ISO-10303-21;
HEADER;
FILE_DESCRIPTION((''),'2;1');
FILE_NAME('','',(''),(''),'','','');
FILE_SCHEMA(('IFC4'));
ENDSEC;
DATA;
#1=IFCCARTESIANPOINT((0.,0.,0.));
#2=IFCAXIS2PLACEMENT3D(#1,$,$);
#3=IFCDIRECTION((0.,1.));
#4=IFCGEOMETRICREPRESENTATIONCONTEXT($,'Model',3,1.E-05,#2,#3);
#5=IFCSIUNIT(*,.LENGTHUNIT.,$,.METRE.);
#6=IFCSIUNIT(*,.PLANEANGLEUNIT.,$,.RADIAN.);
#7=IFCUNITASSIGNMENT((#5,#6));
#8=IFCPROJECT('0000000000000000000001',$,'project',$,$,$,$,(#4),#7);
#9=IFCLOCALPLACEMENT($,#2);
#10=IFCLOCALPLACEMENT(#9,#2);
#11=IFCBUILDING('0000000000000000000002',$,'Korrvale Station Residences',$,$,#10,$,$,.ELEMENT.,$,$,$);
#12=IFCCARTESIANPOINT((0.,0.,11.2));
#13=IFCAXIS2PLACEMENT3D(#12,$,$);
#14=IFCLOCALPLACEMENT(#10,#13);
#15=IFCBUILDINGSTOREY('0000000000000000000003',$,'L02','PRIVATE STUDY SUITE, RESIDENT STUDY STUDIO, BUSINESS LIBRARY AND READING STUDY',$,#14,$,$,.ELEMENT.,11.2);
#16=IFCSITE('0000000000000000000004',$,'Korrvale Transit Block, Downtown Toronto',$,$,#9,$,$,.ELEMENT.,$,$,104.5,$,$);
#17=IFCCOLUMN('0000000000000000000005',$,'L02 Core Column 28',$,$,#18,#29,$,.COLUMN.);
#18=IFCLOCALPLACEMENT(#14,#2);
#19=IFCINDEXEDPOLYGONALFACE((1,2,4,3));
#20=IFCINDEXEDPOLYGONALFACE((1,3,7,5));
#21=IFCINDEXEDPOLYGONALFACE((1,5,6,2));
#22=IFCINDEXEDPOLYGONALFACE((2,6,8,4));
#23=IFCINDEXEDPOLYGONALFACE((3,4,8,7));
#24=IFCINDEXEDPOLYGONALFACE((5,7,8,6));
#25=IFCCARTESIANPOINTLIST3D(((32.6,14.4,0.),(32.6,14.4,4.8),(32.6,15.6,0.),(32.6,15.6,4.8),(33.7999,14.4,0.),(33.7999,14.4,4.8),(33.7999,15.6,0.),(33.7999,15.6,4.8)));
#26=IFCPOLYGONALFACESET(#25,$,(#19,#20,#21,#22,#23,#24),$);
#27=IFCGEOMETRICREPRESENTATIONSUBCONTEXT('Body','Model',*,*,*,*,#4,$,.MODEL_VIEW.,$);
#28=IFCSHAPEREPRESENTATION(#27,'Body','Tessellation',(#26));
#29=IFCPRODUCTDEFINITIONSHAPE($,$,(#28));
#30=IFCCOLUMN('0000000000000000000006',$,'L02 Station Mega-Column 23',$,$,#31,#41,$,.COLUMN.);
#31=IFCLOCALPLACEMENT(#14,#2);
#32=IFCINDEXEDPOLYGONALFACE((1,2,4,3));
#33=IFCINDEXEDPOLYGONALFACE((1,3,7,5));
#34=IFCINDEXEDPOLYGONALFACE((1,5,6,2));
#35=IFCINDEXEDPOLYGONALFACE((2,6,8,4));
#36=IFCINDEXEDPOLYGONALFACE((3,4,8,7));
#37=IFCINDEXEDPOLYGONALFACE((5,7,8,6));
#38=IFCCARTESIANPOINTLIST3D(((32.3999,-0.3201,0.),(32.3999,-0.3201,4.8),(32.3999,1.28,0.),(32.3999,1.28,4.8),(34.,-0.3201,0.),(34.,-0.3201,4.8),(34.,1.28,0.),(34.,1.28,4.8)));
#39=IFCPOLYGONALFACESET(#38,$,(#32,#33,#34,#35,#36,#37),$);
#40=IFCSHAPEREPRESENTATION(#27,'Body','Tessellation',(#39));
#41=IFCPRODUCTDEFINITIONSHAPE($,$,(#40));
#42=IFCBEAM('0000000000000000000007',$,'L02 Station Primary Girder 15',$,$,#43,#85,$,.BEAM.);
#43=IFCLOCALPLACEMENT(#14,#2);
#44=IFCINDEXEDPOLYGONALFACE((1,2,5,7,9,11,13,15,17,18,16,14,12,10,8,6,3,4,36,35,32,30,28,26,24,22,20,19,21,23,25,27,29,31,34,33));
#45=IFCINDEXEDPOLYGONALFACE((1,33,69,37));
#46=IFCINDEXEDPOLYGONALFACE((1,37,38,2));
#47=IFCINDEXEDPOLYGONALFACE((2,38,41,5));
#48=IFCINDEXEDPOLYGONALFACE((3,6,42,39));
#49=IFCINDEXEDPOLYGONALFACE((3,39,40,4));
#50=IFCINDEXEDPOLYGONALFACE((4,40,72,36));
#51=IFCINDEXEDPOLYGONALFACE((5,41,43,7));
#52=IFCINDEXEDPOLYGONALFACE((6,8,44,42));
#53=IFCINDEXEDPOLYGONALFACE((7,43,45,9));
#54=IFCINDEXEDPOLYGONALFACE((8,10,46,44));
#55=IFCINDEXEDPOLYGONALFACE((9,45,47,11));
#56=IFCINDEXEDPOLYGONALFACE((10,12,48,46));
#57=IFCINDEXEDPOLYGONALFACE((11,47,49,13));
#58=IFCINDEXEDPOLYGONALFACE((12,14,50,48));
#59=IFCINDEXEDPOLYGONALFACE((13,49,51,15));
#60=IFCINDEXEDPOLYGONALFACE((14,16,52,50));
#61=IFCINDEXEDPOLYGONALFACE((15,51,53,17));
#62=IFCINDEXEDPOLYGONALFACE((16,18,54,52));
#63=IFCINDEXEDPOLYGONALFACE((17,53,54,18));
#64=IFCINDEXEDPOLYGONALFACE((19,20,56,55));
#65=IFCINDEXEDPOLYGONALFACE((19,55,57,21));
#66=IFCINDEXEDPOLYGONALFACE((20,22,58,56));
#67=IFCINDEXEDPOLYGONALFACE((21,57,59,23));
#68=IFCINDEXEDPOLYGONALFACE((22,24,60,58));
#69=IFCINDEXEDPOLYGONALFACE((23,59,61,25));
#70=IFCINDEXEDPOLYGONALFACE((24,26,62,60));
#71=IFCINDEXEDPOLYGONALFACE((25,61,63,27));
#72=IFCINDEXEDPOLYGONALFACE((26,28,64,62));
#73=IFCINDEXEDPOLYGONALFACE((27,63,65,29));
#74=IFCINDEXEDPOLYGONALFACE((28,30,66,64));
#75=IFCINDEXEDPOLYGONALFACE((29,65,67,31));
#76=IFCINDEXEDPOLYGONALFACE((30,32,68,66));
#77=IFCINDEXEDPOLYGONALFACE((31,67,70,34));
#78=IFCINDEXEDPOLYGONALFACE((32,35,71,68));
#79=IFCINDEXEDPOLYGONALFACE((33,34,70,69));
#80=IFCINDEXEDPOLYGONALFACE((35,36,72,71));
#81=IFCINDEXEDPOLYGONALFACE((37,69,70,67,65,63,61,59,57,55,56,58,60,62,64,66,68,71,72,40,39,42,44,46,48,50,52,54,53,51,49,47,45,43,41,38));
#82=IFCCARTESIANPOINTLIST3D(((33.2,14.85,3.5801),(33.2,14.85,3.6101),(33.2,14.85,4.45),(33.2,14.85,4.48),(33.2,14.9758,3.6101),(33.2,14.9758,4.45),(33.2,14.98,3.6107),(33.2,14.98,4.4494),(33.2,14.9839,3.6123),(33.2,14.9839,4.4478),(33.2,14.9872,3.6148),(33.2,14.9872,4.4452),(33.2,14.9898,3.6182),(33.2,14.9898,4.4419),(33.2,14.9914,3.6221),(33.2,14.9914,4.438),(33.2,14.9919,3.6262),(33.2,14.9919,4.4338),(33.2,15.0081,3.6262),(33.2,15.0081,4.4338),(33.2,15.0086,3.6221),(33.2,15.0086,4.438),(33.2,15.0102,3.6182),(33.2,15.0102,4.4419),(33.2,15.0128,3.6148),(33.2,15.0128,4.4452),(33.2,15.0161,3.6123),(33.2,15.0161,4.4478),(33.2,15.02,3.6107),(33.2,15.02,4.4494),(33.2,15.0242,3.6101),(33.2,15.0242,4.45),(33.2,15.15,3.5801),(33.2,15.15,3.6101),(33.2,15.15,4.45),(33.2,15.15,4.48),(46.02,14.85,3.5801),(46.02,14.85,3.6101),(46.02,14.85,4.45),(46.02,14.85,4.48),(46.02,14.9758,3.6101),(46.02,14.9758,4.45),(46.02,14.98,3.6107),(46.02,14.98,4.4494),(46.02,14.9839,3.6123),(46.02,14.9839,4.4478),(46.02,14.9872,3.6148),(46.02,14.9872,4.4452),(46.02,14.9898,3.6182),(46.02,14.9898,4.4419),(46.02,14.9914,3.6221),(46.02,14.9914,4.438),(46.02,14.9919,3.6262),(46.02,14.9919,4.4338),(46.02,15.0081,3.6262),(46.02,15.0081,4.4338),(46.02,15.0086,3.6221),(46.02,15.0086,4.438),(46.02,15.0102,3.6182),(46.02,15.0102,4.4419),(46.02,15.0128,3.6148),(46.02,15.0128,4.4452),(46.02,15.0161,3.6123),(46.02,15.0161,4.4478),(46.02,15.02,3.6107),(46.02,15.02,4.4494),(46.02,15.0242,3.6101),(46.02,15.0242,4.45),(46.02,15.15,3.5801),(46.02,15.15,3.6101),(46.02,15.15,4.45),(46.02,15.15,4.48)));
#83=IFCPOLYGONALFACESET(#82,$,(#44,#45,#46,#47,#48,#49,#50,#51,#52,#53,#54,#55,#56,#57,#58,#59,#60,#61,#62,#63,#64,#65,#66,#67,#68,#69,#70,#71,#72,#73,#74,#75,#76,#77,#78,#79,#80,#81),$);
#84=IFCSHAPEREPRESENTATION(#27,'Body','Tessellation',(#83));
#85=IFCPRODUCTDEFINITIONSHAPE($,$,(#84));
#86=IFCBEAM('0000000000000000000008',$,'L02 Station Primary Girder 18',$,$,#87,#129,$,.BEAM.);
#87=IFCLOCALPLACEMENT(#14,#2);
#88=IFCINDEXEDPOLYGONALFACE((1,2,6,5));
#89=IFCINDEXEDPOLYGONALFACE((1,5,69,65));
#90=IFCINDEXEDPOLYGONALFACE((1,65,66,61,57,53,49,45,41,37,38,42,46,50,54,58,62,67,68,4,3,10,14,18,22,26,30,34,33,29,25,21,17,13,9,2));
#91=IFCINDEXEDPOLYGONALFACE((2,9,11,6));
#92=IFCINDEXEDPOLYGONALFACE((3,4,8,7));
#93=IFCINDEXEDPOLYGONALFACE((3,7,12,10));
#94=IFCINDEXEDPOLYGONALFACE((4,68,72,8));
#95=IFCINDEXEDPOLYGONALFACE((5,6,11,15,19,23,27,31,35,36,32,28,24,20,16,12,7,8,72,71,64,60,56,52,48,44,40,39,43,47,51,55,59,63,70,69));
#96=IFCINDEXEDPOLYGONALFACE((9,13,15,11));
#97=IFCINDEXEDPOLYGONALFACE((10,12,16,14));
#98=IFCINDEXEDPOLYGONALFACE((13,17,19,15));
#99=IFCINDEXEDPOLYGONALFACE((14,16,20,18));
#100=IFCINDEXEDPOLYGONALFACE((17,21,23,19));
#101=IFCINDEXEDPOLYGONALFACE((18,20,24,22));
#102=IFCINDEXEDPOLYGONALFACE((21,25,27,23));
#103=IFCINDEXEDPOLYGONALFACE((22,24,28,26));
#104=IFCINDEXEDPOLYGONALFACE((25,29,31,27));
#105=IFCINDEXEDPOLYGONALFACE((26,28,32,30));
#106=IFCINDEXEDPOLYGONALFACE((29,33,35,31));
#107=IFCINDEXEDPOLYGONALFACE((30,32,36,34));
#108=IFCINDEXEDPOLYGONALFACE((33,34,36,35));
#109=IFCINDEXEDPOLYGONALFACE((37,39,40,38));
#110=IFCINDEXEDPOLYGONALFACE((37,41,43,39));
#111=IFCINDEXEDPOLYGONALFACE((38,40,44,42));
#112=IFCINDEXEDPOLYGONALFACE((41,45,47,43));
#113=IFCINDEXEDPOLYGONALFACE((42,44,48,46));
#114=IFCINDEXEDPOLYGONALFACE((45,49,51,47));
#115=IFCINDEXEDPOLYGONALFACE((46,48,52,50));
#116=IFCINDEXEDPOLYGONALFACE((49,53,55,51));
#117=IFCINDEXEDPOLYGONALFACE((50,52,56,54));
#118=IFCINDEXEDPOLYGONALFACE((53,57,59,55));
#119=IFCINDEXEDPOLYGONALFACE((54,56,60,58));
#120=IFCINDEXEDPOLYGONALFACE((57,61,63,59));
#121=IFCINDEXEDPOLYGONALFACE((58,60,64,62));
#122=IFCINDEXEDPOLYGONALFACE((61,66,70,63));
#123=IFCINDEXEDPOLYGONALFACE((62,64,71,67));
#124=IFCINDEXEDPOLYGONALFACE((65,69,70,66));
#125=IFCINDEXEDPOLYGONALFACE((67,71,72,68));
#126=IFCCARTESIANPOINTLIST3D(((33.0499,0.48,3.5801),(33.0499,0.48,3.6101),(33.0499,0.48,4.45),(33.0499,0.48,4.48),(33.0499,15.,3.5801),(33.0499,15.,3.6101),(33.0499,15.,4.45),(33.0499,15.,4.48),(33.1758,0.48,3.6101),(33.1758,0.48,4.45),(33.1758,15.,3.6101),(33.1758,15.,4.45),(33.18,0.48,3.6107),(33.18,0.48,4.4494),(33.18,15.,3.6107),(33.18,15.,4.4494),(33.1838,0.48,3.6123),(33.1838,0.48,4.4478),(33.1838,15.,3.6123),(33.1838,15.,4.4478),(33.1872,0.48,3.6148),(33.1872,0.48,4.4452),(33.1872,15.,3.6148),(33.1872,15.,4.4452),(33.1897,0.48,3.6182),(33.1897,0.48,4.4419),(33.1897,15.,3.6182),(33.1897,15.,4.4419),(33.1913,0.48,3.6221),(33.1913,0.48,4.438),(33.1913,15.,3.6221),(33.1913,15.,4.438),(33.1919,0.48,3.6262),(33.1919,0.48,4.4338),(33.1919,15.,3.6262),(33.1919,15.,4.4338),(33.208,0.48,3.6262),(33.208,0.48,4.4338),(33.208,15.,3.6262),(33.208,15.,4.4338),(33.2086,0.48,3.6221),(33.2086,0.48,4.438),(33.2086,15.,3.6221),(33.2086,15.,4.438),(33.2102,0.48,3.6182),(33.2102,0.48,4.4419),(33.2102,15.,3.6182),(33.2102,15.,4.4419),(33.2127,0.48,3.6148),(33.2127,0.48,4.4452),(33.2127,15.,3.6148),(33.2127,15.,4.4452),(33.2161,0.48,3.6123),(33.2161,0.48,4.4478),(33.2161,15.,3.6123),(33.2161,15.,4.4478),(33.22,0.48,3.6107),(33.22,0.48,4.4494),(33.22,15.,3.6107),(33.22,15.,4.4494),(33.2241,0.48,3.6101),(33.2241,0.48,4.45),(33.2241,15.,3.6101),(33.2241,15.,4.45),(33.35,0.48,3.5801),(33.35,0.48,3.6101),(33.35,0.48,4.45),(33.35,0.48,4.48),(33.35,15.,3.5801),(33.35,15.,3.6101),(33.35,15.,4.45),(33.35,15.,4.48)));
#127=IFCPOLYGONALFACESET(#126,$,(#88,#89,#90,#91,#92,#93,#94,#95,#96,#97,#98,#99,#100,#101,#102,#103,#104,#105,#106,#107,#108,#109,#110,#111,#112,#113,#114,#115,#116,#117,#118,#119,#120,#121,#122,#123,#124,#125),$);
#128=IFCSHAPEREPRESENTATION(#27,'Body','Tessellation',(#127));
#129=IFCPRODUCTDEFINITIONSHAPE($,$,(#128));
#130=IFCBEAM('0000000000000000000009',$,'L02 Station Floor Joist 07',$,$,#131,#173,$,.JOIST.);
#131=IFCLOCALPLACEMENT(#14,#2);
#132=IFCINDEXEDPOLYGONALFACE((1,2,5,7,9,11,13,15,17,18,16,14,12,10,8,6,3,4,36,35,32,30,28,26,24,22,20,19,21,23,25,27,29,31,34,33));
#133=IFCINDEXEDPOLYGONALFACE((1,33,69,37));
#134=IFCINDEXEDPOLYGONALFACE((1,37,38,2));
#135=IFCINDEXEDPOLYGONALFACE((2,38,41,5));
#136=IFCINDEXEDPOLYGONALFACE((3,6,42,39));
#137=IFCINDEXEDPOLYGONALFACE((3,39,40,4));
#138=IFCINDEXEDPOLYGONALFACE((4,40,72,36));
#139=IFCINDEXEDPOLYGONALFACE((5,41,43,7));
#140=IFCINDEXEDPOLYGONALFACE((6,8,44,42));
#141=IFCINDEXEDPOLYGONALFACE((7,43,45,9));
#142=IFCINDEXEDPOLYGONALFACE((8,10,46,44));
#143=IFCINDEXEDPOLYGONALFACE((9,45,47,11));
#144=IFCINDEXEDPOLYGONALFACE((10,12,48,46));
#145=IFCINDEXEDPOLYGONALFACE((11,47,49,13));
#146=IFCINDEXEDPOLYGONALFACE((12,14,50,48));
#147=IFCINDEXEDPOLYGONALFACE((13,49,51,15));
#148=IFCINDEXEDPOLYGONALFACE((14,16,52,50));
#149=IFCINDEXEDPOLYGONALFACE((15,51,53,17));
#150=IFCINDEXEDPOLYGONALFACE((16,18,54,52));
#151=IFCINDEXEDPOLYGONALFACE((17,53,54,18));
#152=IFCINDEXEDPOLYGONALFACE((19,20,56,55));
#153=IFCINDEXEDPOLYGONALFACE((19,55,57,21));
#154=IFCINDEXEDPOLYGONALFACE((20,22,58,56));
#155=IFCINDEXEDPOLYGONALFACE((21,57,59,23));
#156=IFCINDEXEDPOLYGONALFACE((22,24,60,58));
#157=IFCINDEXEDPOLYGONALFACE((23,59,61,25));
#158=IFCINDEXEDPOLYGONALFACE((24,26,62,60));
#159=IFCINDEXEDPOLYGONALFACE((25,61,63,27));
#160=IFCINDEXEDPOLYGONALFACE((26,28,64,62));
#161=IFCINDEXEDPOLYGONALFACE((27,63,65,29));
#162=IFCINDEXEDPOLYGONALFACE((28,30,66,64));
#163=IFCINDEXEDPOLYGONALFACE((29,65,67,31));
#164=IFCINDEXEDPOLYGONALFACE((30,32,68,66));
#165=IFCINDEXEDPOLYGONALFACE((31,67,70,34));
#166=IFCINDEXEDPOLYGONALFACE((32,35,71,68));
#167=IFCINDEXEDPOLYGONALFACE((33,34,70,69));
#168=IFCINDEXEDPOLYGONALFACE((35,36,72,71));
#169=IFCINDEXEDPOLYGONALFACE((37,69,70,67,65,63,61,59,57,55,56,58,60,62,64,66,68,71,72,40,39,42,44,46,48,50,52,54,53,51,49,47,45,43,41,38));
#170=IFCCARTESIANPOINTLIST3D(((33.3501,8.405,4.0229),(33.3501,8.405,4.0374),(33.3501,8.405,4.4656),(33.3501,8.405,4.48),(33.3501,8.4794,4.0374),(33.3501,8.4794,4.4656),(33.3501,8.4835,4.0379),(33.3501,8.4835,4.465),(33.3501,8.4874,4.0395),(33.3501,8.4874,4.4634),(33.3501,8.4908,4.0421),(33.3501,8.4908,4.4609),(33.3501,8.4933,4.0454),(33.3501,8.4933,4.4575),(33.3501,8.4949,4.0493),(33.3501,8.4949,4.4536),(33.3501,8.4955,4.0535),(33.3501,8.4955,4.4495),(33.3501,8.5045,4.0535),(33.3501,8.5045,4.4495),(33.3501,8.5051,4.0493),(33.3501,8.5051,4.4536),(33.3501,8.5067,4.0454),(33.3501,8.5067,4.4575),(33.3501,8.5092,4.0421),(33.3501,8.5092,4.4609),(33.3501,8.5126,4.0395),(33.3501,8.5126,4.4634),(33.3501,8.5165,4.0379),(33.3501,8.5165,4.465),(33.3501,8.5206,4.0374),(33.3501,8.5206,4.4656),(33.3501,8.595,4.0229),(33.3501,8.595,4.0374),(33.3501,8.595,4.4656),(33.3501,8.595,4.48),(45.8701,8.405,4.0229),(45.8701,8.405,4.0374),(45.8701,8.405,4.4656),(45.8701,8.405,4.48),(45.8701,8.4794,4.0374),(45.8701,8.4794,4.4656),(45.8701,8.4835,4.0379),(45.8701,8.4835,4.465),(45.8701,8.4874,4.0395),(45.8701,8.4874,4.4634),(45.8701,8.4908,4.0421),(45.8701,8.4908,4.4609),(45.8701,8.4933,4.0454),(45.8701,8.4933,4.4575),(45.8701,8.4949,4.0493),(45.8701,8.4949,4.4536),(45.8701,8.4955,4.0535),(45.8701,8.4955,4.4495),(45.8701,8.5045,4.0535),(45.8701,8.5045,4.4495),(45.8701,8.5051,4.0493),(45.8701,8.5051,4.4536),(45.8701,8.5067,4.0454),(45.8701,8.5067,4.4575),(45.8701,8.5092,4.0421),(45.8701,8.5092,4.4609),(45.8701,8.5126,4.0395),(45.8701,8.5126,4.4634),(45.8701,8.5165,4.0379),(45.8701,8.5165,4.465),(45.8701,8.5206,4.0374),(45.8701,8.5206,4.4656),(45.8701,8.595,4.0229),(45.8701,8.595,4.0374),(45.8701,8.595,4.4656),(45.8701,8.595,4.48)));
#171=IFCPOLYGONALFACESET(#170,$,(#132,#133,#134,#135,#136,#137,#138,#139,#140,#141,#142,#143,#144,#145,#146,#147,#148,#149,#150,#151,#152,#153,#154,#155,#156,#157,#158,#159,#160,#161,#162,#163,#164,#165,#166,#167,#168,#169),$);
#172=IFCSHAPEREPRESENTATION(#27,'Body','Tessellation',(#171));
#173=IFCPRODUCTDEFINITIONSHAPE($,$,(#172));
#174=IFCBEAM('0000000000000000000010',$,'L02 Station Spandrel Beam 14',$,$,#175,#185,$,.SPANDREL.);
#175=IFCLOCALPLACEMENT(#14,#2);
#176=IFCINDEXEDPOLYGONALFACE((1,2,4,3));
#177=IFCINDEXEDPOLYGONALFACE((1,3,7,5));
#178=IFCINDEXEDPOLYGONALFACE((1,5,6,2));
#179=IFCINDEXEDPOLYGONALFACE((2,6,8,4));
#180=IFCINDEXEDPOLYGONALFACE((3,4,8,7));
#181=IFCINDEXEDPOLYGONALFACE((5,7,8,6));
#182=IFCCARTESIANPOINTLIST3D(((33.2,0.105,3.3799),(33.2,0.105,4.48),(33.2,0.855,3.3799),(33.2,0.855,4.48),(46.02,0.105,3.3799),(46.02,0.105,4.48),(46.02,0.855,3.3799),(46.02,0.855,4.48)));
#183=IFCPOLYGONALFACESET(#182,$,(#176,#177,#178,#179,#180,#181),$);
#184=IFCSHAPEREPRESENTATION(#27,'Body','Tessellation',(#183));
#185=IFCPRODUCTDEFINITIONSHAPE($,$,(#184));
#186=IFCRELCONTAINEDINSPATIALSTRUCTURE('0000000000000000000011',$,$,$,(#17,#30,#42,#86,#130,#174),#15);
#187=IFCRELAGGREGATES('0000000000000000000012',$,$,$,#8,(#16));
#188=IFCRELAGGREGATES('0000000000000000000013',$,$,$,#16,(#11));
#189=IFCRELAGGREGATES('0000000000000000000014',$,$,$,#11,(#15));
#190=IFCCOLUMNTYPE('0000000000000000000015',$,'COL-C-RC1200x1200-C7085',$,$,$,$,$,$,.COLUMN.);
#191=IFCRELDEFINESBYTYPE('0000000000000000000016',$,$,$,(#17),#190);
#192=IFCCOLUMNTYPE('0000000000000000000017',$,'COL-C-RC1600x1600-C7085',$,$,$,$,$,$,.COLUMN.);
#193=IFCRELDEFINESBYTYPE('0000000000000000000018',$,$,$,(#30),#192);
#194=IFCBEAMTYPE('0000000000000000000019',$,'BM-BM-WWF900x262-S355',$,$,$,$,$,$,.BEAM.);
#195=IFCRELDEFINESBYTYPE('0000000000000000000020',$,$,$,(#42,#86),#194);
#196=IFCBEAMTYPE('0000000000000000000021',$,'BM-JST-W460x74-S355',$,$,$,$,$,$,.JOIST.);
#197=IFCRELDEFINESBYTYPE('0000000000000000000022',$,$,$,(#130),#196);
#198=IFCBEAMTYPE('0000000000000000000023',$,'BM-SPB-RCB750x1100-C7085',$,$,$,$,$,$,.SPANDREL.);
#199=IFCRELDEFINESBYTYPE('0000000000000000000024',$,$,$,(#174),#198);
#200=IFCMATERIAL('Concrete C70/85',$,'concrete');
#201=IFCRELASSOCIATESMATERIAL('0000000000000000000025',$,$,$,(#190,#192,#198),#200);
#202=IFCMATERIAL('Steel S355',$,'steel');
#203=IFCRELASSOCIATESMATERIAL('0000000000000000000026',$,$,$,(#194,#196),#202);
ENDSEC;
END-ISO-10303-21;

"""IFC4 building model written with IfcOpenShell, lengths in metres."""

from ifc_helpers import new_model, si_unit, direction, frame, origin, origin_2d, place, context, subcontext, project, spatial, rectangle, i_section, extrude, material, material_profile, profile_set, type_object, element, save


model = new_model("IFC4")

# Units and contexts
model_context = context("Model", 3, precision=1e-05, world=origin(), true_north=direction((0.0, 1.0)))
body_context = subcontext(model_context, "Body", "Model", "MODEL_VIEW")
ifc_project = project(units=[si_unit("LENGTHUNIT", "METRE"), si_unit("PLANEANGLEUNIT", "RADIAN")], contexts=[model_context])

# Site, building, storey
site_placement = place(None, origin())
site = spatial("IfcSite", under=ifc_project, at=site_placement, Name="Korrvale Transit Block, Downtown Toronto", CompositionType="ELEMENT", RefElevation=104.5)
building_placement = place(site_placement, origin())
building = spatial("IfcBuilding", under=site, at=building_placement, Name="Korrvale Station Residences", CompositionType="ELEMENT")
storey_placement = place(building_placement, frame((0.0, 0.0, 11.2)))
storey = spatial("IfcBuildingStorey", under=building, at=storey_placement, Name="L02", Description="PRIVATE STUDY SUITE, RESIDENT STUDY STUDIO, BUSINESS LIBRARY AND READING STUDY", CompositionType="ELEMENT", Elevation=11.2)

# Columns
ifc_material_1 = material(Name="Concrete C70/85", Category="concrete")
ifc_material_profile_1 = material_profile(ifc_material_1, rectangle(XDim=1.2, YDim=1.2, at=origin_2d()), Name="RC1200x1200")
ifc_profile_set_1 = profile_set([ifc_material_profile_1], Name="Concrete C70/85")
column_type_1 = type_object("IfcColumnType", Name="COL-C-RC1200x1200-C7085", PredefinedType="COLUMN", material=ifc_profile_set_1)
column_1_placement = place(storey_placement, frame((33.2, 15.0, 0.0), z_axis=(0.0, 0.0, 1.0), x_axis=(1.0, 0.0, 0.0)))
element("IfcColumn", 1, at=column_1_placement, inside=storey, type_object=column_type_1, Name="L02 Core Column 28", PredefinedType="COLUMN", context=body_context, shape_type="SweptSolid", body=[
    extrude(rectangle(XDim=1.2, YDim=1.2, at=origin_2d()), origin(), (0.0, 0.0, 1.0), 4.8),
])
ifc_material_profile_2 = material_profile(ifc_material_1, rectangle(XDim=1.6001, YDim=1.6001, at=origin_2d()), Name="RC1600x1600")
ifc_profile_set_2 = profile_set([ifc_material_profile_2], Name="Concrete C70/85")
column_type_2 = type_object("IfcColumnType", Name="COL-C-RC1600x1600-C7085", PredefinedType="COLUMN", material=ifc_profile_set_2)
column_2_placement = place(storey_placement, frame((33.2, 0.48, 0.0), z_axis=(0.0, 0.0, 1.0), x_axis=(1.0, 0.0, 0.0)))
element("IfcColumn", 2, at=column_2_placement, inside=storey, type_object=column_type_2, Name="L02 Station Mega-Column 23", PredefinedType="COLUMN", context=body_context, shape_type="SweptSolid", body=[
    extrude(rectangle(XDim=1.6001, YDim=1.6001, at=origin_2d()), origin(), (0.0, 0.0, 1.0), 4.8),
])

# Beams
ifc_material_2 = material(Name="Steel S355", Category="steel")
ifc_material_profile_3 = material_profile(ifc_material_2, i_section(OverallWidth=0.3, OverallDepth=0.8999, WebThickness=0.0161, FlangeThickness=0.03, FilletRadius=0.0161, at=origin_2d()), Name="WWF900x262")
ifc_profile_set_3 = profile_set([ifc_material_profile_3], Name="Steel S355")
beam_type_1 = type_object("IfcBeamType", Name="BM-BM-WWF900x262-S355", PredefinedType="BEAM", material=ifc_profile_set_3)
beam_1_placement = place(storey_placement, frame((33.2, 15.0, 4.03), z_axis=(1.0, 0.0, 0.0), x_axis=(0.0, 1.0, 0.0)))
element("IfcBeam", 3, at=beam_1_placement, inside=storey, type_object=beam_type_1, Name="L02 Station Primary Girder 15", PredefinedType="BEAM", context=body_context, shape_type="SweptSolid", body=[
    extrude(i_section(OverallWidth=0.3, OverallDepth=0.8999, WebThickness=0.0161, FlangeThickness=0.03, FilletRadius=0.0161, at=origin_2d()), origin(), (0.0, 0.0, 1.0), 12.8201),
])
beam_2_placement = place(storey_placement, frame((33.2, 0.48, 4.03), z_axis=(0.0, 1.0, 0.0), x_axis=(-1.0, 0.0, 0.0)))
element("IfcBeam", 4, at=beam_2_placement, inside=storey, type_object=beam_type_1, Name="L02 Station Primary Girder 18", PredefinedType="BEAM", context=body_context, shape_type="SweptSolid", body=[
    extrude(i_section(OverallWidth=0.3, OverallDepth=0.8999, WebThickness=0.0161, FlangeThickness=0.03, FilletRadius=0.0161, at=origin_2d()), origin(), (0.0, 0.0, 1.0), 14.52),
])
ifc_material_profile_4 = material_profile(ifc_material_2, i_section(OverallWidth=0.1899, OverallDepth=0.457, WebThickness=0.009, FlangeThickness=0.0144, FilletRadius=0.0161, at=origin_2d()), Name="W460x74")
ifc_profile_set_4 = profile_set([ifc_material_profile_4], Name="Steel S355")
beam_type_2 = type_object("IfcBeamType", Name="BM-JST-W460x74-S355", PredefinedType="JOIST", material=ifc_profile_set_4)
beam_3_placement = place(storey_placement, frame((33.3501, 8.5, 4.2515), z_axis=(1.0, 0.0, 0.0), x_axis=(0.0, 1.0, 0.0)))
element("IfcBeam", 5, at=beam_3_placement, inside=storey, type_object=beam_type_2, Name="L02 Station Floor Joist 07", PredefinedType="JOIST", context=body_context, shape_type="SweptSolid", body=[
    extrude(i_section(OverallWidth=0.1899, OverallDepth=0.457, WebThickness=0.009, FlangeThickness=0.0144, FilletRadius=0.0161, at=origin_2d()), origin(), (0.0, 0.0, 1.0), 12.52),
])
ifc_material_profile_5 = material_profile(ifc_material_1, rectangle(XDim=0.75, YDim=1.1001, at=origin_2d()), Name="RCB750x1100")
ifc_profile_set_5 = profile_set([ifc_material_profile_5], Name="Concrete C70/85")
beam_type_3 = type_object("IfcBeamType", Name="BM-SPB-RCB750x1100-C7085", PredefinedType="SPANDREL", material=ifc_profile_set_5)
beam_4_placement = place(storey_placement, frame((33.2, 0.48, 3.9299), z_axis=(1.0, 0.0, 0.0), x_axis=(0.0, 1.0, 0.0)))
element("IfcBeam", 6, at=beam_4_placement, inside=storey, type_object=beam_type_3, Name="L02 Station Spandrel Beam 14", PredefinedType="SPANDREL", context=body_context, shape_type="SweptSolid", body=[
    extrude(rectangle(XDim=0.75, YDim=1.1001, at=origin_2d()), origin(), (0.0, 0.0, 1.0), 12.8201),
])

save(model, "model.ifc")
